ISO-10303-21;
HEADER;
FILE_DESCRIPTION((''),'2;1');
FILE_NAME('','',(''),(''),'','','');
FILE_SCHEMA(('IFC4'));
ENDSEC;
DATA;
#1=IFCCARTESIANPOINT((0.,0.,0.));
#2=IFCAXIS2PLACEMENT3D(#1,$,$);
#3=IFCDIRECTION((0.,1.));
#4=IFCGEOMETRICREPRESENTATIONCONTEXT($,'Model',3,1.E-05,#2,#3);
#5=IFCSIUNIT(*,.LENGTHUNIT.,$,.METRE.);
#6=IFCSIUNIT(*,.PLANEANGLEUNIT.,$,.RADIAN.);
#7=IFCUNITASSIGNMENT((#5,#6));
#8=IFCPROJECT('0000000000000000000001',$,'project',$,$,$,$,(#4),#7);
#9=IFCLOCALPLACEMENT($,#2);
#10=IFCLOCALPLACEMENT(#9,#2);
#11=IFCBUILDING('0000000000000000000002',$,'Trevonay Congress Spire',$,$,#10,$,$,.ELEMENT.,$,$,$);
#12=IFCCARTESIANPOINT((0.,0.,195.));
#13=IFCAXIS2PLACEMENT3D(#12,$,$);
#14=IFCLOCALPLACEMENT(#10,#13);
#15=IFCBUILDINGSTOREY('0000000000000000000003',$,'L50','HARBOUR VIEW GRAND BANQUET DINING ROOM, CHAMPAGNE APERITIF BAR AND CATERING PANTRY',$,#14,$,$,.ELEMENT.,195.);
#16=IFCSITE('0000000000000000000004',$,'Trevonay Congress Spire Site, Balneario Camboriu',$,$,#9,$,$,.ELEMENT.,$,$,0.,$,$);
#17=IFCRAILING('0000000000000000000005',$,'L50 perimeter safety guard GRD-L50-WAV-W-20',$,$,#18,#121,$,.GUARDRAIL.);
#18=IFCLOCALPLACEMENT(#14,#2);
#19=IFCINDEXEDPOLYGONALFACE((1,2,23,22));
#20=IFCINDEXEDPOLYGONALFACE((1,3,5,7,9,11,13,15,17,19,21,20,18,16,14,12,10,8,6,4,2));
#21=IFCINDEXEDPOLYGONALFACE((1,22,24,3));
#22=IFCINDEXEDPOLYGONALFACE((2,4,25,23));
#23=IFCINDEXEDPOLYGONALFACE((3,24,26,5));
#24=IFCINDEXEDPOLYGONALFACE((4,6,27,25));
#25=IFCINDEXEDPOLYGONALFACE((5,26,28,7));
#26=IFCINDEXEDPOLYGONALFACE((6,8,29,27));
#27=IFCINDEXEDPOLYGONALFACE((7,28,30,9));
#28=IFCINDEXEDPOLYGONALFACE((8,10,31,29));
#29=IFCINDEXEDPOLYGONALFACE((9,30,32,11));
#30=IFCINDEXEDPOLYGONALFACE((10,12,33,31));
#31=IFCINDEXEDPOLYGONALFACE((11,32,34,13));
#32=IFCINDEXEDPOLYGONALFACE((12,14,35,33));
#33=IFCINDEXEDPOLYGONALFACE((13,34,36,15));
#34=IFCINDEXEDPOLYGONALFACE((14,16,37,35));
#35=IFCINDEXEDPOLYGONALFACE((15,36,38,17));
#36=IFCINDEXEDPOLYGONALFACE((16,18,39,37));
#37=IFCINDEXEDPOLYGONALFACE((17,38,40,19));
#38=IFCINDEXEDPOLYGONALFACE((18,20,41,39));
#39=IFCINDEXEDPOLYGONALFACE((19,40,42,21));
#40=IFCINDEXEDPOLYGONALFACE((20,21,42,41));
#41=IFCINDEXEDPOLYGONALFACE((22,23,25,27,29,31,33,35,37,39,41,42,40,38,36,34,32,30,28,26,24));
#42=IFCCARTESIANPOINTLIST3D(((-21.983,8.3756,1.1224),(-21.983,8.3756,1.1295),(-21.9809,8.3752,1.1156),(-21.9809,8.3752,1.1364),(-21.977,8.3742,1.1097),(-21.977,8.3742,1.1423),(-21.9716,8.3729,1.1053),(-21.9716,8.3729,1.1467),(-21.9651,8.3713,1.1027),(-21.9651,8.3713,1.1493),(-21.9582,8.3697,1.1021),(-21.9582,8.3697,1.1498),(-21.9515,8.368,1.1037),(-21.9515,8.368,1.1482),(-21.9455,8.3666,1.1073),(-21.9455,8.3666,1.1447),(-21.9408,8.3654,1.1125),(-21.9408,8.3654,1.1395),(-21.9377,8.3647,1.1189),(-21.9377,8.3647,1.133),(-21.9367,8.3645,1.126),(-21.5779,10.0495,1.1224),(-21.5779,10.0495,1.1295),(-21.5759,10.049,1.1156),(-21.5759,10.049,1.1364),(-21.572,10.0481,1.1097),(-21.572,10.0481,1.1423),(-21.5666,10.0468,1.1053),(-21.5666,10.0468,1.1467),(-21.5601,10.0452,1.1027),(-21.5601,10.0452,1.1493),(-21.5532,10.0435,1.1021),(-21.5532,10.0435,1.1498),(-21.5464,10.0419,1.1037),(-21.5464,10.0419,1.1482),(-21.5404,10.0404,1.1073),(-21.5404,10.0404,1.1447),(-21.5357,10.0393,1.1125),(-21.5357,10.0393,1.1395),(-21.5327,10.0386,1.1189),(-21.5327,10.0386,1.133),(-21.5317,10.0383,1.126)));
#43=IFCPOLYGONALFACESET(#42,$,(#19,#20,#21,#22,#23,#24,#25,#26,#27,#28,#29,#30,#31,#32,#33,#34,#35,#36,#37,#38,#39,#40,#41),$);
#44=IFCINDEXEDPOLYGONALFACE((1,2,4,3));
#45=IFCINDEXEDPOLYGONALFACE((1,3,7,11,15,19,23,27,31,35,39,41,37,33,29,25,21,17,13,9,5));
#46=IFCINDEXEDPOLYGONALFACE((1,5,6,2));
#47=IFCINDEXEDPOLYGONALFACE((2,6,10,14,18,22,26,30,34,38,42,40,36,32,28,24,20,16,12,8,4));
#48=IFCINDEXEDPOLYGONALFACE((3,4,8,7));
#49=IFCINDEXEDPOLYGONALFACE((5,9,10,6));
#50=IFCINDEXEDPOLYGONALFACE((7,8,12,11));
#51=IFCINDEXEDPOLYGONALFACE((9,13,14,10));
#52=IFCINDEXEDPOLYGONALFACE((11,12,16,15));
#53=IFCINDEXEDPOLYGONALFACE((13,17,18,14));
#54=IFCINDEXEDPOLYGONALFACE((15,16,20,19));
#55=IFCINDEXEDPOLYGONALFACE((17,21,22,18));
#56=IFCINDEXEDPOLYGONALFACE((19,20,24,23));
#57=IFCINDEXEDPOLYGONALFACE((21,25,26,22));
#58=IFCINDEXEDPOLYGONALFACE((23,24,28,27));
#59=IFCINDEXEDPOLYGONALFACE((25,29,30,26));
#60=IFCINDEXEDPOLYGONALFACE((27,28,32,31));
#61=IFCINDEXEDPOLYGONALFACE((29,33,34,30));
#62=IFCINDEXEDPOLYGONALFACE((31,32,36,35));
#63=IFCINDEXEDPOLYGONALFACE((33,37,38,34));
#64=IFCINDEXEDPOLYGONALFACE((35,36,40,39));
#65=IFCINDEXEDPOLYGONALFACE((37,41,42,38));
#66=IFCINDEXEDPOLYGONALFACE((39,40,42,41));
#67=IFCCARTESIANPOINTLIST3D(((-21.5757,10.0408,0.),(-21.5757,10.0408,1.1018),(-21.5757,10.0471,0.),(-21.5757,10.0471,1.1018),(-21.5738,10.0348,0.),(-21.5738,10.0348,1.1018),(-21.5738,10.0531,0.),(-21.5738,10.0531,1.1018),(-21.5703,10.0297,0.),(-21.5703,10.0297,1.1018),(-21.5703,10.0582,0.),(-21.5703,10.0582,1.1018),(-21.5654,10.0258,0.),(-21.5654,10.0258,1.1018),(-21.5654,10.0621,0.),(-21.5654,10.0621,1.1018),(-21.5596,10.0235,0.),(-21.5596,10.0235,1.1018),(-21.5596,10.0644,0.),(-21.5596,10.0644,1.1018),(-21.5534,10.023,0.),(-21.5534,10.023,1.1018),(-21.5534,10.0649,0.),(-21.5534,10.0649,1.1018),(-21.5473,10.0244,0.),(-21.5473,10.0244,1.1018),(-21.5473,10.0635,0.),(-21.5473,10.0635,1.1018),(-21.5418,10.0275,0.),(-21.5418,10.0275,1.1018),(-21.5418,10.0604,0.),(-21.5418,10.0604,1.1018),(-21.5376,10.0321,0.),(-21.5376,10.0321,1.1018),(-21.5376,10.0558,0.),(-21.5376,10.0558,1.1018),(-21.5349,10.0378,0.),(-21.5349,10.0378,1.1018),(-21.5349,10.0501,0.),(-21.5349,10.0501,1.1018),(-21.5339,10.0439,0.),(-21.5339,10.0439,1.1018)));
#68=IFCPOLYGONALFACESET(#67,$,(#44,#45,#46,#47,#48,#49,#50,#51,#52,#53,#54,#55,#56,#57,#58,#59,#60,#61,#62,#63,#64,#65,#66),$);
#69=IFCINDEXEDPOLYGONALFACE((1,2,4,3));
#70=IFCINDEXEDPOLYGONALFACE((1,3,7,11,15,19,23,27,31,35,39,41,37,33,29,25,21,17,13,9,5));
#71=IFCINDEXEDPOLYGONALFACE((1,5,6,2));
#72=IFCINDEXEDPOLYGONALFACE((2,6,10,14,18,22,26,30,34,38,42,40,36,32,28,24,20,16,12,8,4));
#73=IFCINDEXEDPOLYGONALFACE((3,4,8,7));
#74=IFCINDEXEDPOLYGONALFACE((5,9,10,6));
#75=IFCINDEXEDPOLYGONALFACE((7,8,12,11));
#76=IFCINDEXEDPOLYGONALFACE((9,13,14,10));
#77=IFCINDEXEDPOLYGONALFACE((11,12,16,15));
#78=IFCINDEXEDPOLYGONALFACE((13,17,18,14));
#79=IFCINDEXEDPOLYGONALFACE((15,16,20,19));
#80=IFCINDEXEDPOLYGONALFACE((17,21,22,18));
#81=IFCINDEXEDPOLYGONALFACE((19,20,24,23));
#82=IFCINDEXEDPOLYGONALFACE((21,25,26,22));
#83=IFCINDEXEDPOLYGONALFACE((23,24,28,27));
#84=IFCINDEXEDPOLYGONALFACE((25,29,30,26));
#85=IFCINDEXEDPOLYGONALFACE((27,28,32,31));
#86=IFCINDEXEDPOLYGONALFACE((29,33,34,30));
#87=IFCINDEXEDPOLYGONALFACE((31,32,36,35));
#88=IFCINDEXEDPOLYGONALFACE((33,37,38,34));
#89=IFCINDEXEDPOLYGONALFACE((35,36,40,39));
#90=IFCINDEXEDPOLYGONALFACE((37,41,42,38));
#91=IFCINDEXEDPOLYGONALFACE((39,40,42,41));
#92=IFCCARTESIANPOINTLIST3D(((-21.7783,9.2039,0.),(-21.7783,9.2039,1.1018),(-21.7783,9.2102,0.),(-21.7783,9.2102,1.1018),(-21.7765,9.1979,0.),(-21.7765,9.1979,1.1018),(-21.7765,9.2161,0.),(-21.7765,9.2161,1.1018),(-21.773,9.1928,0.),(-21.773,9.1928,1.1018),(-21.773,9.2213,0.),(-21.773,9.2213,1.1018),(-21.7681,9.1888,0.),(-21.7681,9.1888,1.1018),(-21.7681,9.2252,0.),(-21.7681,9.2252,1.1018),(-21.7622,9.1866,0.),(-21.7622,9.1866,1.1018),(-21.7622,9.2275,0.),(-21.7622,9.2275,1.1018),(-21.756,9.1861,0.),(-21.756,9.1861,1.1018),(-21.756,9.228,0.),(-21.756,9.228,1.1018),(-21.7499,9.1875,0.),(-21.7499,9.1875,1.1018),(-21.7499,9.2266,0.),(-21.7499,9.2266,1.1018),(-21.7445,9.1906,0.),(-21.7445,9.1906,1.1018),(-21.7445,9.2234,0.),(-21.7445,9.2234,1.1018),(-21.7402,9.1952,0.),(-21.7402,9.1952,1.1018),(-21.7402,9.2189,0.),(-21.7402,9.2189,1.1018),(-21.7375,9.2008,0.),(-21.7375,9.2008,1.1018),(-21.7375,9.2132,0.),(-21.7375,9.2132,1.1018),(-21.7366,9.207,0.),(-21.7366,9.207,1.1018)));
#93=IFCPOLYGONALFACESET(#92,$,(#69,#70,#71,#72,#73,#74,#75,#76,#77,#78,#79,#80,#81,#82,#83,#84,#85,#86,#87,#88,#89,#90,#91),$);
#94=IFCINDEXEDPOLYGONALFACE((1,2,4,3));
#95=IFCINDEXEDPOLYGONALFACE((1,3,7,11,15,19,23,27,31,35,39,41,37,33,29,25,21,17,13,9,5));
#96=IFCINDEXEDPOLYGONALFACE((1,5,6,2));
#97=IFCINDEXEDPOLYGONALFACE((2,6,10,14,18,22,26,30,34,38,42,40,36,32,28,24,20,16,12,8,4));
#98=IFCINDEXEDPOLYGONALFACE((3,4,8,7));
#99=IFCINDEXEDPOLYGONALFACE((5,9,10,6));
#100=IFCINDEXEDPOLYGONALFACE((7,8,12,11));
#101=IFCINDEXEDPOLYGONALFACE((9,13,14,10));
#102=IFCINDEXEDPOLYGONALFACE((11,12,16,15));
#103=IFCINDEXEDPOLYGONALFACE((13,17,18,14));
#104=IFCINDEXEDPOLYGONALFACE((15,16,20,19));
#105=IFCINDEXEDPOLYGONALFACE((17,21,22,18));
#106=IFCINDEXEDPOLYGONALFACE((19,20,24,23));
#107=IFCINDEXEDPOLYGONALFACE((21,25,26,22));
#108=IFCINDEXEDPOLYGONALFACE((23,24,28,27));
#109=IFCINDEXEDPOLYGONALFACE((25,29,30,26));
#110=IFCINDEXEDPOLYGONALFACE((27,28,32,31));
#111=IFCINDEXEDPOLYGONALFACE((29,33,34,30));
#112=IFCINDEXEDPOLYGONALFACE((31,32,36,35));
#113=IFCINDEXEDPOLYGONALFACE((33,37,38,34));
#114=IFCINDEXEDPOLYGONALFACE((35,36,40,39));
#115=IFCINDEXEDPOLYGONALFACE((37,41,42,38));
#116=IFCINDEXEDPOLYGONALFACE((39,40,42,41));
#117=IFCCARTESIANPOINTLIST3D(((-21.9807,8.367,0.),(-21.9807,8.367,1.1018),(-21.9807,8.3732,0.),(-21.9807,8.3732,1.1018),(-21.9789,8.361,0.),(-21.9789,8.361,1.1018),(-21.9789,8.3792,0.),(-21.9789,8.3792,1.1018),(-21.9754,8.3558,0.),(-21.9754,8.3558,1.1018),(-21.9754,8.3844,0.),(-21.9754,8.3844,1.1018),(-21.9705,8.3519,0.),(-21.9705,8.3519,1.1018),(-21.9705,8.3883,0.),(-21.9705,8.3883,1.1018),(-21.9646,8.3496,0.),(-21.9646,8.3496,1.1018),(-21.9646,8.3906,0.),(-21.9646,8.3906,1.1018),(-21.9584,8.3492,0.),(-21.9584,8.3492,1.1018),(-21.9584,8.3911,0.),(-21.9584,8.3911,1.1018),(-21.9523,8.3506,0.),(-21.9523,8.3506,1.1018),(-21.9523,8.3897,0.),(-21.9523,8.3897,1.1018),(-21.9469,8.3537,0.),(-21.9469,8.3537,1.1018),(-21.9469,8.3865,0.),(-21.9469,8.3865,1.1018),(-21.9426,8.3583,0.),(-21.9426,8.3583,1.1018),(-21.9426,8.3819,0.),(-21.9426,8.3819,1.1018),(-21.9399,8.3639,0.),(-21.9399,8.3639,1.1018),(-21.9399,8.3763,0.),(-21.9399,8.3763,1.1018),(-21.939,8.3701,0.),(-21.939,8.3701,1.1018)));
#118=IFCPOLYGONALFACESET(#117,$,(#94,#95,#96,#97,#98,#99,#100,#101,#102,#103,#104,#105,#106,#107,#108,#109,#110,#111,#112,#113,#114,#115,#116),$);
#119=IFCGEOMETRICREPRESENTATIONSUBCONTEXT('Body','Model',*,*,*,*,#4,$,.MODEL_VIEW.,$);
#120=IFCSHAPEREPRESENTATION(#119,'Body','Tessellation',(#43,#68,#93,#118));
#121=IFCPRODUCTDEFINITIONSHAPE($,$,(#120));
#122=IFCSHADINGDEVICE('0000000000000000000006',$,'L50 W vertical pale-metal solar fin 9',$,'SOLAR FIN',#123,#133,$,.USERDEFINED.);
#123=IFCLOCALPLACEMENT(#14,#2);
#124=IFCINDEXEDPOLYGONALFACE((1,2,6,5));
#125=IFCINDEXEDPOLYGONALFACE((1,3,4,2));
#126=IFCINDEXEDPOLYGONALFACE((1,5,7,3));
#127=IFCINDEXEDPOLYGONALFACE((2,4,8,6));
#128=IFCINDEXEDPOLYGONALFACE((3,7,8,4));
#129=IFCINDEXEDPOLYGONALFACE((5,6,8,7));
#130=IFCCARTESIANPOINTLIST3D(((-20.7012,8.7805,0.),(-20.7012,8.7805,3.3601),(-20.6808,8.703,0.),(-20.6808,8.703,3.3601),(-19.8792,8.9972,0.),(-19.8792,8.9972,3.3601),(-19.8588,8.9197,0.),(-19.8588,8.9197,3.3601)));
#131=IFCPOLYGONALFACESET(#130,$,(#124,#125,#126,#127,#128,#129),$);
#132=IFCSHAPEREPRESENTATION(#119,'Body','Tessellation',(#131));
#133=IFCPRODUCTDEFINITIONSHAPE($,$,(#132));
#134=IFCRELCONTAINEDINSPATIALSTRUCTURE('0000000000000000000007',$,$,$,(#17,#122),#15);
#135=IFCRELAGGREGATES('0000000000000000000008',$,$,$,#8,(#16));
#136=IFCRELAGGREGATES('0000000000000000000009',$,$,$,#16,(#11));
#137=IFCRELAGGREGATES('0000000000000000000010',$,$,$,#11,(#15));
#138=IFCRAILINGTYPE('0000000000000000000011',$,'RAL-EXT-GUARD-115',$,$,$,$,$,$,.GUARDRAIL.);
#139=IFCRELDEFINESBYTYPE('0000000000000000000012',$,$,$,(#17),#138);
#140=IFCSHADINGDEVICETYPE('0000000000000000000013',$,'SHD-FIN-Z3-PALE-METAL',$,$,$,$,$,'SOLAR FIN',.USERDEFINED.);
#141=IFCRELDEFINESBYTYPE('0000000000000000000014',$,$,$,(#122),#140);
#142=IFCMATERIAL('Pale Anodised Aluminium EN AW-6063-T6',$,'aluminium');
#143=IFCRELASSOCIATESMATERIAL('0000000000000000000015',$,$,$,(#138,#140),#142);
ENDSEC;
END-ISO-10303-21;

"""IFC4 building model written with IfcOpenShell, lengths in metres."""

from ifc_helpers import new_model, si_unit, direction, frame, origin, origin_2d, place, context, subcontext, project, spatial, rectangle, circle, extrude, material, type_object, element, save


model = new_model("IFC4")

# Units and contexts
model_context = context("Model", 3, precision=1e-05, world=origin(), true_north=direction((0.0, 1.0)))
body_context = subcontext(model_context, "Body", "Model", "MODEL_VIEW")
ifc_project = project(units=[si_unit("LENGTHUNIT", "METRE"), si_unit("PLANEANGLEUNIT", "RADIAN")], contexts=[model_context])

# Site, building, storey
site_placement = place(None, origin())
site = spatial("IfcSite", under=ifc_project, at=site_placement, Name="Trevonay Congress Spire Site, Balneario Camboriu", CompositionType="ELEMENT", RefElevation=0.0)
building_placement = place(site_placement, origin())
building = spatial("IfcBuilding", under=site, at=building_placement, Name="Trevonay Congress Spire", CompositionType="ELEMENT")
storey_placement = place(building_placement, frame((0.0, 0.0, 195.0)))
storey = spatial("IfcBuildingStorey", under=building, at=storey_placement, Name="L50", Description="HARBOUR VIEW GRAND BANQUET DINING ROOM, CHAMPAGNE APERITIF BAR AND CATERING PANTRY", CompositionType="ELEMENT", Elevation=195.0)

# Shared definitions
ifc_material_1 = material(Name="Pale Anodised Aluminium EN AW-6063-T6", Category="aluminium")

# Railing
railing_type = type_object("IfcRailingType", Name="RAL-EXT-GUARD-115", PredefinedType="GUARDRAIL", material=ifc_material_1)
railing_1_placement = place(storey_placement, frame((-21.5549, 10.0439, 0.0)))
element("IfcRailing", 1, at=railing_1_placement, inside=storey, type_object=railing_type, Name="L50 perimeter safety guard GRD-L50-WAV-W-20", PredefinedType="GUARDRAIL", context=body_context, shape_type="SweptSolid", body=[
    extrude(circle(Radius=0.0239, at=origin_2d()), frame((0.0, 0.0, 1.126), z_axis=(-0.23519, -0.971949, 0.0), x_axis=(0.971949, -0.23519, 0.0)), (0.0, 0.0, 1.0), 1.7222),
    extrude(circle(Radius=0.021, at=origin_2d()), origin(), (0.0, 0.0, 1.0), 1.1018),
    extrude(circle(Radius=0.021, at=origin_2d()), frame((-0.2026, -0.8369, 0.0)), (0.0, 0.0, 1.0), 1.1018),
    extrude(circle(Radius=0.021, at=origin_2d()), frame((-0.405, -1.6738, 0.0)), (0.0, 0.0, 1.0), 1.1018),
])

# Shading device
shading_device_type = type_object("IfcShadingDeviceType", Name="SHD-FIN-Z3-PALE-METAL", ElementType="SOLAR FIN", PredefinedType="USERDEFINED", material=ifc_material_1)
shading_device_placement = place(storey_placement, frame((-20.28, 8.8501, 0.0), z_axis=(0.0, 0.0, 1.0), x_axis=(-0.254939, 0.966957, 0.0)))
element("IfcShadingDevice", 2, at=shading_device_placement, inside=storey, type_object=shading_device_type, Name="L50 W vertical pale-metal solar fin 9", ObjectType="SOLAR FIN", PredefinedType="USERDEFINED", context=body_context, shape_type="SweptSolid", body=[
    extrude(rectangle(XDim=0.0801, YDim=0.8501, at=origin_2d()), origin(), (0.0, 0.0, 1.0), 3.3601),
])

save(model, "model.ifc")
